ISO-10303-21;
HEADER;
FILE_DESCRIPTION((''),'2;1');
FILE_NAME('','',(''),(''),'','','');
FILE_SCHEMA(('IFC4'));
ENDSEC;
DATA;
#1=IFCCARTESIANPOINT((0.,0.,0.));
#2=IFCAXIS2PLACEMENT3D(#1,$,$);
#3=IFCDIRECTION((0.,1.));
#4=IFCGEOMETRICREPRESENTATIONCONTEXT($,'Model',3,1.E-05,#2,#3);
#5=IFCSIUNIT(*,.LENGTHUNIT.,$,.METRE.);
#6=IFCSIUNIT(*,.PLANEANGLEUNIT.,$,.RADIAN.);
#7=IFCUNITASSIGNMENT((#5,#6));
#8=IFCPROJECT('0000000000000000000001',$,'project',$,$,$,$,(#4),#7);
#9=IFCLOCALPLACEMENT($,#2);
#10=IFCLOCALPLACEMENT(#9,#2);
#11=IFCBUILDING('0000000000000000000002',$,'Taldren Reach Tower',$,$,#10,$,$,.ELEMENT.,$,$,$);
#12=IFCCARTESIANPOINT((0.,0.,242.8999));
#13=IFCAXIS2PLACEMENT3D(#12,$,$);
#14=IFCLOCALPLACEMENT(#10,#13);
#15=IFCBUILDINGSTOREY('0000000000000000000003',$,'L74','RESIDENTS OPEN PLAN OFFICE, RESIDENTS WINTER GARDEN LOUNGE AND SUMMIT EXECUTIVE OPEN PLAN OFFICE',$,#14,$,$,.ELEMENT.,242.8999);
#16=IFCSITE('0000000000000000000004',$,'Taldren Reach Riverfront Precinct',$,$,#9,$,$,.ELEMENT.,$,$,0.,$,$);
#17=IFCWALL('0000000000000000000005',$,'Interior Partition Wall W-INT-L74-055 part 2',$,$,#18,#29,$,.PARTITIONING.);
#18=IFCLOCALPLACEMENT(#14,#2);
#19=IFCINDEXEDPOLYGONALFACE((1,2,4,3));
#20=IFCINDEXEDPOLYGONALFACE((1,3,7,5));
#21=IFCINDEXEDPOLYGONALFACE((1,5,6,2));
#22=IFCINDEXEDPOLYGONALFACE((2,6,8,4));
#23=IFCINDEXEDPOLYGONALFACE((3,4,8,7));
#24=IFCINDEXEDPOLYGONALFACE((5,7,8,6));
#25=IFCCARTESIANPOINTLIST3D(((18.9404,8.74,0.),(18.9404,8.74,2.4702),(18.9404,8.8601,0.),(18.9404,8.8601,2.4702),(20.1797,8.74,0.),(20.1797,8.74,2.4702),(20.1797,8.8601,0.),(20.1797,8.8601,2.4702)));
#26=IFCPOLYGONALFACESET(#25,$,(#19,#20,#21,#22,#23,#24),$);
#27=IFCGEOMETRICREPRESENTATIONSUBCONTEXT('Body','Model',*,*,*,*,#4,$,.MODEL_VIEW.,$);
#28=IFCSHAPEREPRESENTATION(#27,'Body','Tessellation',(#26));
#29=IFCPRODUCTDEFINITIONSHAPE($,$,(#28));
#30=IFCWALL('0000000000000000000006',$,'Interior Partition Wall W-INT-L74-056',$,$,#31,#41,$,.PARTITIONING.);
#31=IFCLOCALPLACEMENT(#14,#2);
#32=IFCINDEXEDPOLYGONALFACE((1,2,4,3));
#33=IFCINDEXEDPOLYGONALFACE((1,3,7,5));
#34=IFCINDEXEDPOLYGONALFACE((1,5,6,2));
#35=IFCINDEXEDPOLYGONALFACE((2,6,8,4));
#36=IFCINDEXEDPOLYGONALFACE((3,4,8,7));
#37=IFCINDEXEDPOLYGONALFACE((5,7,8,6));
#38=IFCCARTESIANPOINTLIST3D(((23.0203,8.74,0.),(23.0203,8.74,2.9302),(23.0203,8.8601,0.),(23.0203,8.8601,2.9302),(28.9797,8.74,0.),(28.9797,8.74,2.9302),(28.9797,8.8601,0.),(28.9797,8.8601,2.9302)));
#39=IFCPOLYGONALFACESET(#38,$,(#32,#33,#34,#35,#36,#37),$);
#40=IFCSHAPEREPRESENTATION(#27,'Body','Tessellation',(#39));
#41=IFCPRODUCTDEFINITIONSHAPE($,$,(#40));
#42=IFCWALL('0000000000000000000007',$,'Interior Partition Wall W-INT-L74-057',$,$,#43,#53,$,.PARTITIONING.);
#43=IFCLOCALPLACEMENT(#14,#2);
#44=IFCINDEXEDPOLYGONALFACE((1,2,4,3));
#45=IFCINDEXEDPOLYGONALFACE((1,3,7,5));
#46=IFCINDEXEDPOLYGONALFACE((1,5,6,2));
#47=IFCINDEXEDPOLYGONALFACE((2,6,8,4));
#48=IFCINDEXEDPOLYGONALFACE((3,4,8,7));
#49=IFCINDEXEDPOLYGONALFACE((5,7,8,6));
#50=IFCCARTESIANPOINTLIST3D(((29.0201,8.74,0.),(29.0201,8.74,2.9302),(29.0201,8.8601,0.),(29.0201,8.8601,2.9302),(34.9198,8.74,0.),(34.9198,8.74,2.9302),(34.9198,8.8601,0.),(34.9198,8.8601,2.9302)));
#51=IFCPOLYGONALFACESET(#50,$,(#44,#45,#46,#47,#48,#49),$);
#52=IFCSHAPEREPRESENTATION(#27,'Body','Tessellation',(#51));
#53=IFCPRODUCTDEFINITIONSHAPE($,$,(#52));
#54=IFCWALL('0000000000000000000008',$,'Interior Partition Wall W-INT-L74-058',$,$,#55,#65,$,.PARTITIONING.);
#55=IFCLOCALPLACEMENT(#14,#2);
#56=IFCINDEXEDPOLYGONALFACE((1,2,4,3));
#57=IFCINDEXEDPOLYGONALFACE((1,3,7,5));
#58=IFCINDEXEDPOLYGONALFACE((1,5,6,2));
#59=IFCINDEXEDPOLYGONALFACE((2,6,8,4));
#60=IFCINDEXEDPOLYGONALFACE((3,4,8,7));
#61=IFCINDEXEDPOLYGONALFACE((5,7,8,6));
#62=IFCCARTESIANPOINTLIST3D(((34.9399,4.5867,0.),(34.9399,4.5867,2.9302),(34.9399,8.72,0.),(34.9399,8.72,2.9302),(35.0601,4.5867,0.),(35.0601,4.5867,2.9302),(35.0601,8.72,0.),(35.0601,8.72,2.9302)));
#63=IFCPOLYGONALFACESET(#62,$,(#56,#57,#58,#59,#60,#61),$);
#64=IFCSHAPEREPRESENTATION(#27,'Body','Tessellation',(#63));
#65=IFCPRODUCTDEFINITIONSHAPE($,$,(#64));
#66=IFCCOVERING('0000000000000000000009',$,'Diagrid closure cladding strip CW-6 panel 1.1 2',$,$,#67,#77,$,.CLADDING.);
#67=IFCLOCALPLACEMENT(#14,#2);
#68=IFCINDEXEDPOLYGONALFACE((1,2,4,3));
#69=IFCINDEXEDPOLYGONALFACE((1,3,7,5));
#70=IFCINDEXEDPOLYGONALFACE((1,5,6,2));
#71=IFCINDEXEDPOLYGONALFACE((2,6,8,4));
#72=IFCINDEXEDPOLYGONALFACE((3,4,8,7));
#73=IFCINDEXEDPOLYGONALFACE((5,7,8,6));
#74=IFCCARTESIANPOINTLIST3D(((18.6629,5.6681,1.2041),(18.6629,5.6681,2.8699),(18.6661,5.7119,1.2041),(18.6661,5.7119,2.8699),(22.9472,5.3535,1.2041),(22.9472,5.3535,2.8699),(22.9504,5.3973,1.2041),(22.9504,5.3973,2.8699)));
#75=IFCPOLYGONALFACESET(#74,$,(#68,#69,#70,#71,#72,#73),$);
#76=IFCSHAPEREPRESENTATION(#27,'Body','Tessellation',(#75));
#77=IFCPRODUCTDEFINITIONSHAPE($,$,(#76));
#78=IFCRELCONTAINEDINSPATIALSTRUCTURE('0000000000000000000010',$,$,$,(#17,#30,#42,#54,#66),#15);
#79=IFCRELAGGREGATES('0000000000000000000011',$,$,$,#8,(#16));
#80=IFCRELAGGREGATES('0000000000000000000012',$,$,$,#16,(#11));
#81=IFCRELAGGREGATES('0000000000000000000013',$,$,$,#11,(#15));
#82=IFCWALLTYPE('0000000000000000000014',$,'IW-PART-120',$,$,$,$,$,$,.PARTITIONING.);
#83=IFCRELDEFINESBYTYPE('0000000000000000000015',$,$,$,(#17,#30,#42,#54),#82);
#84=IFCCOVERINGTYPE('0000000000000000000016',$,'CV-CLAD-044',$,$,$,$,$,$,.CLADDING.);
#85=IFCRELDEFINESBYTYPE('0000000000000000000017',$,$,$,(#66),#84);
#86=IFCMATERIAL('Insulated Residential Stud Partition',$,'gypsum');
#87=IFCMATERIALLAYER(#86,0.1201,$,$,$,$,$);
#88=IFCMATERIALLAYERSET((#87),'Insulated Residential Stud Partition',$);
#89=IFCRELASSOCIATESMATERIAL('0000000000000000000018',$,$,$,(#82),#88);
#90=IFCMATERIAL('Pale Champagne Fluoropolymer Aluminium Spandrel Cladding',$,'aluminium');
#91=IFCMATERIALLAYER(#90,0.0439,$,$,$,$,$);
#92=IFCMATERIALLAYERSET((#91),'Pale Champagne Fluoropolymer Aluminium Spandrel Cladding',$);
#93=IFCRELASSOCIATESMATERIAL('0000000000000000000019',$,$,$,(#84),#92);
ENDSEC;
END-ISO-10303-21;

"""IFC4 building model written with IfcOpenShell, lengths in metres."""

from ifc_helpers import new_model, si_unit, direction, frame, frame_2d, origin, origin_2d, place, context, subcontext, project, spatial, rectangle, extrude, source, transform, mapped, material, layer, layer_set, type_object, element, save


model = new_model("IFC4")

# Units and contexts
model_context = context("Model", 3, precision=1e-05, world=origin(), true_north=direction((0.0, 1.0)))
body_context = subcontext(model_context, "Body", "Model", "MODEL_VIEW")
ifc_project = project(units=[si_unit("LENGTHUNIT", "METRE"), si_unit("PLANEANGLEUNIT", "RADIAN")], contexts=[model_context])

# Site, building, storey
site_placement = place(None, origin())
site = spatial("IfcSite", under=ifc_project, at=site_placement, Name="Taldren Reach Riverfront Precinct", CompositionType="ELEMENT", RefElevation=0.0)
building_placement = place(site_placement, origin())
building = spatial("IfcBuilding", under=site, at=building_placement, Name="Taldren Reach Tower", CompositionType="ELEMENT")
storey_placement = place(building_placement, frame((0.0, 0.0, 242.8999)))
storey = spatial("IfcBuildingStorey", under=building, at=storey_placement, Name="L74", Description="RESIDENTS OPEN PLAN OFFICE, RESIDENTS WINTER GARDEN LOUNGE AND SUMMIT EXECUTIVE OPEN PLAN OFFICE", CompositionType="ELEMENT", Elevation=242.8999)

# Walls
ifc_material_1 = material(Name="Insulated Residential Stud Partition", Category="gypsum")
ifc_layer_1 = layer(ifc_material_1, 0.1201)
ifc_layer_set_1 = layer_set([ifc_layer_1], Name="Insulated Residential Stud Partition")
wall_type_1 = type_object("IfcWallType", Name="IW-PART-120", PredefinedType="PARTITIONING", material=ifc_layer_set_1)
shared_shape_1 = source(origin(), body_context, "Body", "SweptSolid", [
    extrude(rectangle(XDim=1.2393, YDim=0.1201, at=frame_2d((0.6196, 0.0))), origin(), (0.0, 0.0, 1.0), 2.4702),
])
wall_1_placement = place(storey_placement, frame((18.9404, 8.8, 0.0), z_axis=(0.0, 0.0, 1.0), x_axis=(1.0, 0.0, 0.0)))
element("IfcWall", 1, at=wall_1_placement, inside=storey, type_object=wall_type_1, Name="Interior Partition Wall W-INT-L74-055 part 2", PredefinedType="PARTITIONING", context=body_context, shape_type="MappedRepresentation", body=[
    mapped(shared_shape_1, transform((0.0, 0.0, 0.0), scale=1.0)),
])
shared_shape_2 = source(origin(), body_context, "Body", "SweptSolid", [
    extrude(rectangle(XDim=5.9595, YDim=0.1201, at=frame_2d((2.9797, 0.0))), origin(), (0.0, 0.0, 1.0), 2.9302),
])
wall_2_placement = place(storey_placement, frame((23.0203, 8.8, 0.0), z_axis=(0.0, 0.0, 1.0), x_axis=(1.0, 0.0, 0.0)))
element("IfcWall", 2, at=wall_2_placement, inside=storey, type_object=wall_type_1, Name="Interior Partition Wall W-INT-L74-056", PredefinedType="PARTITIONING", context=body_context, shape_type="MappedRepresentation", body=[
    mapped(shared_shape_2, transform((0.0, 0.0, 0.0), scale=1.0)),
])
shared_shape_3 = source(origin(), body_context, "Body", "SweptSolid", [
    extrude(rectangle(XDim=5.8997, YDim=0.1201, at=frame_2d((2.9497, 0.0))), origin(), (0.0, 0.0, 1.0), 2.9302),
])
wall_3_placement = place(storey_placement, frame((29.0203, 8.8, 0.0), z_axis=(0.0, 0.0, 1.0), x_axis=(1.0, 0.0, 0.0)))
element("IfcWall", 3, at=wall_3_placement, inside=storey, type_object=wall_type_1, Name="Interior Partition Wall W-INT-L74-057", PredefinedType="PARTITIONING", context=body_context, shape_type="MappedRepresentation", body=[
    mapped(shared_shape_3, transform((0.0, 0.0, 0.0), scale=1.0)),
])
shared_shape_4 = source(origin(), body_context, "Body", "SweptSolid", [
    extrude(rectangle(XDim=4.1333, YDim=0.1201, at=frame_2d((2.0667, 0.0))), origin(), (0.0, 0.0, 1.0), 2.9302),
])
wall_4_placement = place(storey_placement, frame((35.0, 8.72, 0.0), z_axis=(0.0, 0.0, 1.0), x_axis=(0.0, -1.0, 0.0)))
element("IfcWall", 4, at=wall_4_placement, inside=storey, type_object=wall_type_1, Name="Interior Partition Wall W-INT-L74-058", PredefinedType="PARTITIONING", context=body_context, shape_type="MappedRepresentation", body=[
    mapped(shared_shape_4, transform((0.0, 0.0, 0.0), scale=1.0)),
])

# Covering
ifc_material_2 = material(Name="Pale Champagne Fluoropolymer Aluminium Spandrel Cladding", Category="aluminium")
ifc_layer_2 = layer(ifc_material_2, 0.0439)
ifc_layer_set_2 = layer_set([ifc_layer_2], Name="Pale Champagne Fluoropolymer Aluminium Spandrel Cladding")
covering_type = type_object("IfcCoveringType", Name="CV-CLAD-044", PredefinedType="CLADDING", material=ifc_layer_set_2)
shared_shape_5 = source(origin(), body_context, "Body", "SweptSolid", [
    extrude(rectangle(XDim=4.2959, YDim=0.0439, at=origin_2d()), origin(), (0.0, 0.0, 1.0), 1.6658),
])
covering_placement = place(storey_placement, frame((20.8066, 5.5327, 1.2041), z_axis=(0.0, 0.0, 1.0), x_axis=(0.997314, -0.073238, 0.0)))
element("IfcCovering", 5, at=covering_placement, inside=storey, type_object=covering_type, Name="Diagrid closure cladding strip CW-6 panel 1.1 2", PredefinedType="CLADDING", context=body_context, shape_type="MappedRepresentation", body=[
    mapped(shared_shape_5, transform((0.0, 0.0, 0.0), scale=1.0)),
])

save(model, "model.ifc")
